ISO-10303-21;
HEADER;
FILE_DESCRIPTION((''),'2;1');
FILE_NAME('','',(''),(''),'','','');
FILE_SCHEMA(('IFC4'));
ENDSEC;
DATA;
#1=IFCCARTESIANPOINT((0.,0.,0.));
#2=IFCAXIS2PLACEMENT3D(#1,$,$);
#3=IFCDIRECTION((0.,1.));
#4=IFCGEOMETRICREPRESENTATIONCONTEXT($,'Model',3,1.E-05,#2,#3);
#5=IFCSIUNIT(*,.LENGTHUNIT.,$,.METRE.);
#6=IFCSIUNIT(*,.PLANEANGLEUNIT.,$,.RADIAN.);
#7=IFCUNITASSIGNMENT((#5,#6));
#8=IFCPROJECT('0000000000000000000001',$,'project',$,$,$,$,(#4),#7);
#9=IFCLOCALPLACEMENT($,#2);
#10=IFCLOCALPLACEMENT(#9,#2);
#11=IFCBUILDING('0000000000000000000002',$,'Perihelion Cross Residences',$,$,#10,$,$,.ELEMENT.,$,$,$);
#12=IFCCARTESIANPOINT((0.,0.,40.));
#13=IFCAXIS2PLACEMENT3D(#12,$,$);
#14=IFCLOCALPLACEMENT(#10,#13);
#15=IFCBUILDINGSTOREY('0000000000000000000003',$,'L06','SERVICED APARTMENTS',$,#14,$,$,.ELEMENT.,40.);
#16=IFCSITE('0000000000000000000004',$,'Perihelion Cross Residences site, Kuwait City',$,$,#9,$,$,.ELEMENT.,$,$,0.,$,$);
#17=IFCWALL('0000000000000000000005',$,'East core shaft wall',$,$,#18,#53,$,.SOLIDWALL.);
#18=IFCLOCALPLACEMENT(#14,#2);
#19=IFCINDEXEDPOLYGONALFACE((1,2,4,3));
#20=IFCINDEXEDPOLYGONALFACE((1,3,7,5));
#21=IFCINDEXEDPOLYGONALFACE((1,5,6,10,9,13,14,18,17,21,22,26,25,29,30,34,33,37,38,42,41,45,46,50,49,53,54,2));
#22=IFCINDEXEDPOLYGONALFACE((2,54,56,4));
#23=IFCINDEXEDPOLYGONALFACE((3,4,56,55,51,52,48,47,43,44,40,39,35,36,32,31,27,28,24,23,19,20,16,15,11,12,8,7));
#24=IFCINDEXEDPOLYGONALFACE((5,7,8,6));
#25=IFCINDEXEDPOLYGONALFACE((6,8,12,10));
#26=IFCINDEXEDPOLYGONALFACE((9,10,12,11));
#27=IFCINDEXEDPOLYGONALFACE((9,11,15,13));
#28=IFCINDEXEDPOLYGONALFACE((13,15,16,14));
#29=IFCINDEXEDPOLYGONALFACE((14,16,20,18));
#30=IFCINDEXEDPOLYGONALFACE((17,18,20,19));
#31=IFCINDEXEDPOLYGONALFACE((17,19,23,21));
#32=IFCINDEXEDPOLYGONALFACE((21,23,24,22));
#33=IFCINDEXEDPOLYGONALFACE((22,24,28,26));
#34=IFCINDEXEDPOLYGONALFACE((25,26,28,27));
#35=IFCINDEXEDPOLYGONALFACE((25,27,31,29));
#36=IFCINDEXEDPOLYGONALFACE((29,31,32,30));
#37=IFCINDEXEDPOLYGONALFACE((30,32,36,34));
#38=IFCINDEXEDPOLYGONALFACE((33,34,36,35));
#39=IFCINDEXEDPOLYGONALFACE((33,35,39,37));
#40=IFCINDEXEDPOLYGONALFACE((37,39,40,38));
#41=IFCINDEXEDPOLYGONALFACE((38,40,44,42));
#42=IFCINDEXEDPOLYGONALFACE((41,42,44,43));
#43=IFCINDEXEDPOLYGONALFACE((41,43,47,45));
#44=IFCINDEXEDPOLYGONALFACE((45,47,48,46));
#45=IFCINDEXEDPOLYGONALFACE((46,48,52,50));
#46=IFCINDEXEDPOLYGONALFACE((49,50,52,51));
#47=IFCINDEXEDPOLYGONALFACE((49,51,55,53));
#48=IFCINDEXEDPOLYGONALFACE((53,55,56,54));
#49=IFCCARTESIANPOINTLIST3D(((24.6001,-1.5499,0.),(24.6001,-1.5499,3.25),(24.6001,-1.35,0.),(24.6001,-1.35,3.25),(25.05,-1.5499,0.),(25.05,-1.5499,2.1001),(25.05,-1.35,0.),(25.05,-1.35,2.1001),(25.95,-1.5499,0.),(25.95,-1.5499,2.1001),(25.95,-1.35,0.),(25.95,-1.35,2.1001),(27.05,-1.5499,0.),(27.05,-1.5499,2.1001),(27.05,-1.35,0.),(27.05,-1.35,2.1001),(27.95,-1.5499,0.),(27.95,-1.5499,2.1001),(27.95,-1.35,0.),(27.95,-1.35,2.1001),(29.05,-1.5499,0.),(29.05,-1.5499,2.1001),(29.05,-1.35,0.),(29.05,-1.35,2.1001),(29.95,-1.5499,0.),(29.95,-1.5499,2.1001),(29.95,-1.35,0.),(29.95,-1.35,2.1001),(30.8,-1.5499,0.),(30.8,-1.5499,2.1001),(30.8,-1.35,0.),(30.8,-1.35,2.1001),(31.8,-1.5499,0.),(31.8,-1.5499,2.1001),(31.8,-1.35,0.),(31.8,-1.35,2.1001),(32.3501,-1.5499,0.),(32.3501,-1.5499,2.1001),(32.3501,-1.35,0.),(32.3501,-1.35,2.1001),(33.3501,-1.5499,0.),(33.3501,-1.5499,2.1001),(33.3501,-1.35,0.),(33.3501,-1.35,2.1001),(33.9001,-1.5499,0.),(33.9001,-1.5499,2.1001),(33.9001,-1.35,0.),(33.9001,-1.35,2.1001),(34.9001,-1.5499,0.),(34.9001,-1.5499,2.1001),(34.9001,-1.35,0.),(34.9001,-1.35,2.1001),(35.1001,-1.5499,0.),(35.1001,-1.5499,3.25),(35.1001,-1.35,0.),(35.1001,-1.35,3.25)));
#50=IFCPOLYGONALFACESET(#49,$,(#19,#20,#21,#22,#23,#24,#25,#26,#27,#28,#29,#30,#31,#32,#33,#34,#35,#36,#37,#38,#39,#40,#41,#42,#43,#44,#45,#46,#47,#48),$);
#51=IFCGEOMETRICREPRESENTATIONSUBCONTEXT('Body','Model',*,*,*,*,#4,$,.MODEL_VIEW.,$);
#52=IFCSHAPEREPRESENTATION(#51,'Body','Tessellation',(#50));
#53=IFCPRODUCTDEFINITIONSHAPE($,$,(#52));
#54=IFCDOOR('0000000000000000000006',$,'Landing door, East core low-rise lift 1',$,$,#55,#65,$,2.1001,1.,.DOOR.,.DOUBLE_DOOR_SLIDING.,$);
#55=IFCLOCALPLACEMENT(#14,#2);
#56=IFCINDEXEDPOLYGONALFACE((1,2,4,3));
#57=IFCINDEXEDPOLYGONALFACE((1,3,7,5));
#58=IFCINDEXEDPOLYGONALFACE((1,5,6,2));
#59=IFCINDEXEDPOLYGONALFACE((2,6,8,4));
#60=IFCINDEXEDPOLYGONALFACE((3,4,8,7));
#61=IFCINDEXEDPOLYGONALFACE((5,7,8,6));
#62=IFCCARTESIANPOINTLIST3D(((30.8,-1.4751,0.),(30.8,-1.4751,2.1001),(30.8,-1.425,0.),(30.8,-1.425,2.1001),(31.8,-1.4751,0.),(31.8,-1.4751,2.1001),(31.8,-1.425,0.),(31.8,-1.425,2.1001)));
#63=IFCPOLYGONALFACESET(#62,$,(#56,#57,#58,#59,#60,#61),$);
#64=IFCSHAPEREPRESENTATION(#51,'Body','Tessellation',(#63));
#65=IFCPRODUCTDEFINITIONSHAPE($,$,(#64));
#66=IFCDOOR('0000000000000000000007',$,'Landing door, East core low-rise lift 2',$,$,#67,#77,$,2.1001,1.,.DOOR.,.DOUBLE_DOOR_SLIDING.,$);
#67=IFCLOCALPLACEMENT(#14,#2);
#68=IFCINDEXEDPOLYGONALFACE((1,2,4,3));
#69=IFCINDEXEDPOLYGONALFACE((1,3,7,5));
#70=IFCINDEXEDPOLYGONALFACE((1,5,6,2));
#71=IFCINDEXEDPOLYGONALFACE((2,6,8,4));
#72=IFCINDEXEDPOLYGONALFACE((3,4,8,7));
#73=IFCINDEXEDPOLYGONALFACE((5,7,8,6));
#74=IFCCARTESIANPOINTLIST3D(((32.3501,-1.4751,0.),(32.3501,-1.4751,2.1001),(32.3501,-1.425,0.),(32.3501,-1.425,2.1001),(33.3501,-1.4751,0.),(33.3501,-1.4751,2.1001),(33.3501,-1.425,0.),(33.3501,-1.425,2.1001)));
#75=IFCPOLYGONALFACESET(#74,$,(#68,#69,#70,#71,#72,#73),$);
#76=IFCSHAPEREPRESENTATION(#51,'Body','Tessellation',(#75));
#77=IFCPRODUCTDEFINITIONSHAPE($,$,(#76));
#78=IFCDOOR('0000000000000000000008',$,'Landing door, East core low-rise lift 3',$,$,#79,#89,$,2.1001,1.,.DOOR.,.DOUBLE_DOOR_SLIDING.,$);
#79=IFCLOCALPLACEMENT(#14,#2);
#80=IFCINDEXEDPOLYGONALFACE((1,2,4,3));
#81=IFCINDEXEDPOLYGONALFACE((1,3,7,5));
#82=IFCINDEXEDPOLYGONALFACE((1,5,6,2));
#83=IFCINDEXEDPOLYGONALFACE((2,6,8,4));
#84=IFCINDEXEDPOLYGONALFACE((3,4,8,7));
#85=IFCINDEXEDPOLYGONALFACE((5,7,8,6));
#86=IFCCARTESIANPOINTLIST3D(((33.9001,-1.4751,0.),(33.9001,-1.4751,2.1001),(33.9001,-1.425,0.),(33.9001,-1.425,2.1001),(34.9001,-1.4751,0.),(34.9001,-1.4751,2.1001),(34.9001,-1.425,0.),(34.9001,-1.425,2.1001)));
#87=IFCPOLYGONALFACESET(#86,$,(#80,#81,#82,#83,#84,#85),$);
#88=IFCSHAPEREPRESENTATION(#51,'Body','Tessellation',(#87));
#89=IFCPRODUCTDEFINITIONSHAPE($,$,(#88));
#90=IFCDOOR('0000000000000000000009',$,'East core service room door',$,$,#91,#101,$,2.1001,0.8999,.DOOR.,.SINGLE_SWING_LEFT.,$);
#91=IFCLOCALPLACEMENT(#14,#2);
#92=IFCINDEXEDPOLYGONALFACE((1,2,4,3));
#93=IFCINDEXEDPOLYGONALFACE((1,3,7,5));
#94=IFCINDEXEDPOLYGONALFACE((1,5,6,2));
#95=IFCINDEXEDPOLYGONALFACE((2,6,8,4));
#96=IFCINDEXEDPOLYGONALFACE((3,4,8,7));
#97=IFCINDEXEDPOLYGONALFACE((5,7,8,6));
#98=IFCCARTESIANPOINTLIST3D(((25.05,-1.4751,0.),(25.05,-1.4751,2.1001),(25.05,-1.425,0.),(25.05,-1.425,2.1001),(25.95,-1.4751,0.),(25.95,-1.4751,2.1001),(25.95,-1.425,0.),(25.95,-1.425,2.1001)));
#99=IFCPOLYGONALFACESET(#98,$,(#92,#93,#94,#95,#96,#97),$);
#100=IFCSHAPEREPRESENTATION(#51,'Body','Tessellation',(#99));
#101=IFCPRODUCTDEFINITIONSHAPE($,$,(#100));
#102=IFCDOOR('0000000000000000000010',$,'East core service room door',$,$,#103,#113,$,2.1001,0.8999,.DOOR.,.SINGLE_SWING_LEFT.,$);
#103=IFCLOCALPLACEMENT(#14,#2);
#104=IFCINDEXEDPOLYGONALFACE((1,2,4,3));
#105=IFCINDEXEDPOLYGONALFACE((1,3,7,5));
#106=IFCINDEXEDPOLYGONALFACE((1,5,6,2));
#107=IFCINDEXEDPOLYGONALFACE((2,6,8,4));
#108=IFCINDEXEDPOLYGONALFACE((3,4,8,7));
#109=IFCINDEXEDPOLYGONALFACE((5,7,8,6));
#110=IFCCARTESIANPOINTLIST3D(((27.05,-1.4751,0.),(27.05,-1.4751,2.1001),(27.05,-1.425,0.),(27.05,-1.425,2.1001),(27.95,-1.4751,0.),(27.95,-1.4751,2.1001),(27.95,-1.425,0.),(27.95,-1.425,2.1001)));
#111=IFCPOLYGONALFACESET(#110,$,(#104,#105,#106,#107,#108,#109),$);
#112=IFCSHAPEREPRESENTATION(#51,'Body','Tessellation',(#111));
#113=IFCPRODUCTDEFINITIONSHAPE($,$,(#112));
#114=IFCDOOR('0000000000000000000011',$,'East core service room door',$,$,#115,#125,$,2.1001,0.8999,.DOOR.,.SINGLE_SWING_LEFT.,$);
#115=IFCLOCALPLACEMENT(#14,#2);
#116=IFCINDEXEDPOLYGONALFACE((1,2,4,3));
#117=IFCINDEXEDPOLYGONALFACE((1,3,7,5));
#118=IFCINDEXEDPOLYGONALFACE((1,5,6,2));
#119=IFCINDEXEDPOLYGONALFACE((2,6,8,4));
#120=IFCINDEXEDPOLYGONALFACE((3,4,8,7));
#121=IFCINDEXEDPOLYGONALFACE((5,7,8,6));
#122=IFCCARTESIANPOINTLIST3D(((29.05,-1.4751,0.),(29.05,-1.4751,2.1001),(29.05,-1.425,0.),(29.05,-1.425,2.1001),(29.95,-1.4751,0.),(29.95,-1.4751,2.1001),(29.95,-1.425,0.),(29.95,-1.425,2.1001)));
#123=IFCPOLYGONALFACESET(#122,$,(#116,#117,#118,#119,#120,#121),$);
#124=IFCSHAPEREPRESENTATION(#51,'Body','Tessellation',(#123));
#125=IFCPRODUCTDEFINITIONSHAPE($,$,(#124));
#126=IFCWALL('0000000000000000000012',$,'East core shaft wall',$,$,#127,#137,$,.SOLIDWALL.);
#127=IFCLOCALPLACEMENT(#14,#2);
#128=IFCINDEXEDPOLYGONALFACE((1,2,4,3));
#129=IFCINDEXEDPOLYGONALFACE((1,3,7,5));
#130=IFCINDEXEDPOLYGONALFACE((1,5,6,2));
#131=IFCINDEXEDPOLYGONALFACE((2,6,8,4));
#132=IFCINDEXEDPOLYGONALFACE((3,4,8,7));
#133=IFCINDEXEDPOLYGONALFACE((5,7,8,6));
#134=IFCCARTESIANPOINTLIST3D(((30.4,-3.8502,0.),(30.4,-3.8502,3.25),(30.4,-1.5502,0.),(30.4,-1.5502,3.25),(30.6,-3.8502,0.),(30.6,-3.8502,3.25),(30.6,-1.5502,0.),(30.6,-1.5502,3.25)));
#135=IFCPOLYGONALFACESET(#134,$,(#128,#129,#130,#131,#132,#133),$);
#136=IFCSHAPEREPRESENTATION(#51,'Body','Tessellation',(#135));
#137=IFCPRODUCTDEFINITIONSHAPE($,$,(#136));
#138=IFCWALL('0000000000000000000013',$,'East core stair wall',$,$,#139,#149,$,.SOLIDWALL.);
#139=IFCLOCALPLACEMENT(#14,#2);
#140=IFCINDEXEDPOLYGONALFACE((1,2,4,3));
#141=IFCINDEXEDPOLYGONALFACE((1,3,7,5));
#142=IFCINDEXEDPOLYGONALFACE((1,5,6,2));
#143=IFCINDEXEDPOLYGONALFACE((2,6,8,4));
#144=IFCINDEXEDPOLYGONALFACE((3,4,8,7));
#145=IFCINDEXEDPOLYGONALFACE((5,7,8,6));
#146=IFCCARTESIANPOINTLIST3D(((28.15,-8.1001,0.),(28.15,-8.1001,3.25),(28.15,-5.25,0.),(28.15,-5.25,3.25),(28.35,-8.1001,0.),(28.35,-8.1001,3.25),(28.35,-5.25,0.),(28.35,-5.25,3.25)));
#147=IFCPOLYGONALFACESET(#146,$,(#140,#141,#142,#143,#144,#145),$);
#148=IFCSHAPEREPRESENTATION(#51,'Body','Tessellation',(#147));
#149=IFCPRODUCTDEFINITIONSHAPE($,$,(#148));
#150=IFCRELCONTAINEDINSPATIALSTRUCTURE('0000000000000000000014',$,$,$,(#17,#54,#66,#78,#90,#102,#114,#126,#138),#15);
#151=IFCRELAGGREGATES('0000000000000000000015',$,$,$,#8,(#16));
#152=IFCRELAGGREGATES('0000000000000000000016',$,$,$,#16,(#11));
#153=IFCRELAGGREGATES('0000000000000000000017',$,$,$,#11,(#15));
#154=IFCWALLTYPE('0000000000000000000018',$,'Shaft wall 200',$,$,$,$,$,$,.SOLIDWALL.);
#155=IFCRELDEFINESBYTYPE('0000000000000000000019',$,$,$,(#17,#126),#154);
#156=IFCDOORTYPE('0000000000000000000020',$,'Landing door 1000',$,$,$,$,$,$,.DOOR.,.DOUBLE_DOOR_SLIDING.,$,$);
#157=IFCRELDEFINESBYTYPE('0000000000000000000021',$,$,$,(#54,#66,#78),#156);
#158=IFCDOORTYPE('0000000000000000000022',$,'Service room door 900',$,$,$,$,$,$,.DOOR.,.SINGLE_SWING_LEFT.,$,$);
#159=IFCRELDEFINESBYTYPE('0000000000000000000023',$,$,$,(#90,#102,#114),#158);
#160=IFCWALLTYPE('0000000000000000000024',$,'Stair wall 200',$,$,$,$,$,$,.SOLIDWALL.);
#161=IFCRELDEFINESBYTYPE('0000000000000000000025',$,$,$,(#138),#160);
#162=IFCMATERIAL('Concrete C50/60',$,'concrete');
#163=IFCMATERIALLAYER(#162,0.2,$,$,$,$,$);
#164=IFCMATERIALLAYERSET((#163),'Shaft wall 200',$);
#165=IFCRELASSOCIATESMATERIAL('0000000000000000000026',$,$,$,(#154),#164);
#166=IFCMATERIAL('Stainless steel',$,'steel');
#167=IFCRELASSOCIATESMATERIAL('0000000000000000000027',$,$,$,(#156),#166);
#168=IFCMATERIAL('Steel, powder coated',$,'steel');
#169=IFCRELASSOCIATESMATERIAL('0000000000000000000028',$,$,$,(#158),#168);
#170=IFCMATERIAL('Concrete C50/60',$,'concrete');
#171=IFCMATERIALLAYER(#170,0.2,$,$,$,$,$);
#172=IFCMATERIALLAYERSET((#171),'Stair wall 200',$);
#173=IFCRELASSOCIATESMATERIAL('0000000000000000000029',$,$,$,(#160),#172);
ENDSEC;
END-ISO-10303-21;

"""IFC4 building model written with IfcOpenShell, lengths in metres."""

from ifc_helpers import new_model, si_unit, direction, frame, frame_2d, origin, place, context, subcontext, project, spatial, rectangle, extrude, material, layer, layer_set, type_object, element, fill, save


model = new_model("IFC4")

# Units and contexts
model_context = context("Model", 3, precision=1e-05, world=origin(), true_north=direction((0.0, 1.0)))
body_context = subcontext(model_context, "Body", "Model", "MODEL_VIEW")
ifc_project = project(units=[si_unit("LENGTHUNIT", "METRE"), si_unit("PLANEANGLEUNIT", "RADIAN")], contexts=[model_context])

# Site, building, storey
site_placement = place(None, origin())
site = spatial("IfcSite", under=ifc_project, at=site_placement, Name="Perihelion Cross Residences site, Kuwait City", CompositionType="ELEMENT", RefElevation=0.0)
building_placement = place(site_placement, origin())
building = spatial("IfcBuilding", under=site, at=building_placement, Name="Perihelion Cross Residences", CompositionType="ELEMENT")
storey_placement = place(building_placement, frame((0.0, 0.0, 40.0)))
storey = spatial("IfcBuildingStorey", under=building, at=storey_placement, Name="L06", Description="SERVICED APARTMENTS", CompositionType="ELEMENT", Elevation=40.0)

# Wall, openings, doors
ifc_material_1 = material(Name="Concrete C50/60", Category="concrete")
ifc_layer_1 = layer(ifc_material_1, 0.2)
ifc_layer_set_1 = layer_set([ifc_layer_1], Name="Shaft wall 200")
wall_type_1 = type_object("IfcWallType", Name="Shaft wall 200", PredefinedType="SOLIDWALL", material=ifc_layer_set_1)
wall_1_placement = place(storey_placement, frame((24.6001, -1.45, 0.0), z_axis=(0.0, 0.0, 1.0), x_axis=(1.0, 0.0, 0.0)))
wall_1 = element("IfcWall", 1, at=wall_1_placement, inside=storey, type_object=wall_type_1, Name="East core shaft wall", PredefinedType="SOLIDWALL", context=body_context, shape_type="SweptSolid", body=[
    extrude(rectangle(XDim=10.5, YDim=0.2, at=frame_2d((5.25, 0.0))), origin(), (0.0, 0.0, 1.0), 3.25),
])
opening_1_placement = place(wall_1_placement, frame((6.2, 0.0, 0.0)))
opening_1 = element("IfcOpeningElement", 2, at=opening_1_placement, cuts=wall_1, PredefinedType="OPENING", context=body_context, shape_type="SweptSolid", body=[
    extrude(rectangle(XDim=1.0, YDim=2.1001, at=frame_2d((0.5, 1.05))), frame((0.0, 0.1099, 0.0), z_axis=(0.0, -1.0, 0.0), x_axis=(1.0, 0.0, 0.0)), (0.0, 0.0, 1.0), 0.22),
])
opening_2_placement = place(wall_1_placement, frame((7.75, 0.0, 0.0)))
opening_2 = element("IfcOpeningElement", 3, at=opening_2_placement, cuts=wall_1, PredefinedType="OPENING", context=body_context, shape_type="SweptSolid", body=[
    extrude(rectangle(XDim=1.0, YDim=2.1001, at=frame_2d((0.5, 1.05))), frame((0.0, 0.1099, 0.0), z_axis=(0.0, -1.0, 0.0), x_axis=(1.0, 0.0, 0.0)), (0.0, 0.0, 1.0), 0.22),
])
opening_3_placement = place(wall_1_placement, frame((9.3, 0.0, 0.0)))
opening_3 = element("IfcOpeningElement", 4, at=opening_3_placement, cuts=wall_1, PredefinedType="OPENING", context=body_context, shape_type="SweptSolid", body=[
    extrude(rectangle(XDim=1.0, YDim=2.1001, at=frame_2d((0.5, 1.05))), frame((0.0, 0.1099, 0.0), z_axis=(0.0, -1.0, 0.0), x_axis=(1.0, 0.0, 0.0)), (0.0, 0.0, 1.0), 0.22),
])
opening_4_placement = place(wall_1_placement, frame((0.45, 0.0, 0.0)))
opening_4 = element("IfcOpeningElement", 5, at=opening_4_placement, cuts=wall_1, PredefinedType="OPENING", context=body_context, shape_type="SweptSolid", body=[
    extrude(rectangle(XDim=0.8999, YDim=2.1001, at=frame_2d((0.45, 1.05))), frame((0.0, 0.1099, 0.0), z_axis=(0.0, -1.0, 0.0), x_axis=(1.0, 0.0, 0.0)), (0.0, 0.0, 1.0), 0.22),
])
opening_5_placement = place(wall_1_placement, frame((2.45, 0.0, 0.0)))
opening_5 = element("IfcOpeningElement", 6, at=opening_5_placement, cuts=wall_1, PredefinedType="OPENING", context=body_context, shape_type="SweptSolid", body=[
    extrude(rectangle(XDim=0.8999, YDim=2.1001, at=frame_2d((0.45, 1.05))), frame((0.0, 0.1099, 0.0), z_axis=(0.0, -1.0, 0.0), x_axis=(1.0, 0.0, 0.0)), (0.0, 0.0, 1.0), 0.22),
])
opening_6_placement = place(wall_1_placement, frame((4.45, 0.0, 0.0)))
opening_6 = element("IfcOpeningElement", 7, at=opening_6_placement, cuts=wall_1, PredefinedType="OPENING", context=body_context, shape_type="SweptSolid", body=[
    extrude(rectangle(XDim=0.8999, YDim=2.1001, at=frame_2d((0.45, 1.05))), frame((0.0, 0.1099, 0.0), z_axis=(0.0, -1.0, 0.0), x_axis=(1.0, 0.0, 0.0)), (0.0, 0.0, 1.0), 0.22),
])
ifc_material_2 = material(Name="Stainless steel", Category="steel")
door_type_1 = type_object("IfcDoorType", Name="Landing door 1000", OperationType="DOUBLE_DOOR_SLIDING", PredefinedType="DOOR", material=ifc_material_2)
door_1_placement = place(opening_1_placement, origin())
door_1 = element("IfcDoor", 8, at=door_1_placement, inside=storey, type_object=door_type_1, Name="Landing door, East core low-rise lift 1", OperationType="DOUBLE_DOOR_SLIDING", OverallHeight=2.1001, OverallWidth=1.0, PredefinedType="DOOR", context=body_context, shape_type="SweptSolid", body=[
    extrude(rectangle(XDim=1.0, YDim=2.1001, at=frame_2d((0.5, 1.05))), frame((0.0, 0.0249, 0.0), z_axis=(0.0, -1.0, 0.0), x_axis=(1.0, 0.0, 0.0)), (0.0, 0.0, 1.0), 0.05),
])
fill(opening_1, door_1)
door_2_placement = place(opening_2_placement, origin())
door_2 = element("IfcDoor", 9, at=door_2_placement, inside=storey, type_object=door_type_1, Name="Landing door, East core low-rise lift 2", OperationType="DOUBLE_DOOR_SLIDING", OverallHeight=2.1001, OverallWidth=1.0, PredefinedType="DOOR", context=body_context, shape_type="SweptSolid", body=[
    extrude(rectangle(XDim=1.0, YDim=2.1001, at=frame_2d((0.5, 1.05))), frame((0.0, 0.0249, 0.0), z_axis=(0.0, -1.0, 0.0), x_axis=(1.0, 0.0, 0.0)), (0.0, 0.0, 1.0), 0.05),
])
fill(opening_2, door_2)
door_3_placement = place(opening_3_placement, origin())
door_3 = element("IfcDoor", 10, at=door_3_placement, inside=storey, type_object=door_type_1, Name="Landing door, East core low-rise lift 3", OperationType="DOUBLE_DOOR_SLIDING", OverallHeight=2.1001, OverallWidth=1.0, PredefinedType="DOOR", context=body_context, shape_type="SweptSolid", body=[
    extrude(rectangle(XDim=1.0, YDim=2.1001, at=frame_2d((0.5, 1.05))), frame((0.0, 0.0249, 0.0), z_axis=(0.0, -1.0, 0.0), x_axis=(1.0, 0.0, 0.0)), (0.0, 0.0, 1.0), 0.05),
])
fill(opening_3, door_3)
ifc_material_3 = material(Name="Steel, powder coated", Category="steel")
door_type_2 = type_object("IfcDoorType", Name="Service room door 900", OperationType="SINGLE_SWING_LEFT", PredefinedType="DOOR", material=ifc_material_3)
door_4_placement = place(opening_4_placement, origin())
door_4 = element("IfcDoor", 11, at=door_4_placement, inside=storey, type_object=door_type_2, Name="East core service room door", OperationType="SINGLE_SWING_LEFT", OverallHeight=2.1001, OverallWidth=0.8999, PredefinedType="DOOR", context=body_context, shape_type="SweptSolid", body=[
    extrude(rectangle(XDim=0.8999, YDim=2.1001, at=frame_2d((0.45, 1.05))), frame((0.0, 0.0249, 0.0), z_axis=(0.0, -1.0, 0.0), x_axis=(1.0, 0.0, 0.0)), (0.0, 0.0, 1.0), 0.05),
])
fill(opening_4, door_4)
door_5_placement = place(opening_5_placement, origin())
door_5 = element("IfcDoor", 12, at=door_5_placement, inside=storey, type_object=door_type_2, Name="East core service room door", OperationType="SINGLE_SWING_LEFT", OverallHeight=2.1001, OverallWidth=0.8999, PredefinedType="DOOR", context=body_context, shape_type="SweptSolid", body=[
    extrude(rectangle(XDim=0.8999, YDim=2.1001, at=frame_2d((0.45, 1.05))), frame((0.0, 0.0249, 0.0), z_axis=(0.0, -1.0, 0.0), x_axis=(1.0, 0.0, 0.0)), (0.0, 0.0, 1.0), 0.05),
])
fill(opening_5, door_5)
door_6_placement = place(opening_6_placement, origin())
door_6 = element("IfcDoor", 13, at=door_6_placement, inside=storey, type_object=door_type_2, Name="East core service room door", OperationType="SINGLE_SWING_LEFT", OverallHeight=2.1001, OverallWidth=0.8999, PredefinedType="DOOR", context=body_context, shape_type="SweptSolid", body=[
    extrude(rectangle(XDim=0.8999, YDim=2.1001, at=frame_2d((0.45, 1.05))), frame((0.0, 0.0249, 0.0), z_axis=(0.0, -1.0, 0.0), x_axis=(1.0, 0.0, 0.0)), (0.0, 0.0, 1.0), 0.05),
])
fill(opening_6, door_6)

# Walls
wall_2_placement = place(storey_placement, frame((30.5, -3.8501, 0.0), z_axis=(0.0, 0.0, 1.0), x_axis=(0.0, 1.0, 0.0)))
element("IfcWall", 14, at=wall_2_placement, inside=storey, type_object=wall_type_1, Name="East core shaft wall", PredefinedType="SOLIDWALL", context=body_context, shape_type="SweptSolid", body=[
    extrude(rectangle(XDim=2.3, YDim=0.2, at=frame_2d((1.1499, 0.0))), origin(), (0.0, 0.0, 1.0), 3.25),
])
ifc_material_4 = material(Name="Concrete C50/60", Category="concrete")
ifc_layer_2 = layer(ifc_material_4, 0.2)
ifc_layer_set_2 = layer_set([ifc_layer_2], Name="Stair wall 200")
wall_type_2 = type_object("IfcWallType", Name="Stair wall 200", PredefinedType="SOLIDWALL", material=ifc_layer_set_2)
wall_3_placement = place(storey_placement, frame((28.25, -8.1001, 0.0), z_axis=(0.0, 0.0, 1.0), x_axis=(0.0, 1.0, 0.0)))
element("IfcWall", 15, at=wall_3_placement, inside=storey, type_object=wall_type_2, Name="East core stair wall", PredefinedType="SOLIDWALL", context=body_context, shape_type="SweptSolid", body=[
    extrude(rectangle(XDim=2.8501, YDim=0.2, at=frame_2d((1.425, 0.0))), origin(), (0.0, 0.0, 1.0), 3.25),
])

save(model, "model.ifc")
